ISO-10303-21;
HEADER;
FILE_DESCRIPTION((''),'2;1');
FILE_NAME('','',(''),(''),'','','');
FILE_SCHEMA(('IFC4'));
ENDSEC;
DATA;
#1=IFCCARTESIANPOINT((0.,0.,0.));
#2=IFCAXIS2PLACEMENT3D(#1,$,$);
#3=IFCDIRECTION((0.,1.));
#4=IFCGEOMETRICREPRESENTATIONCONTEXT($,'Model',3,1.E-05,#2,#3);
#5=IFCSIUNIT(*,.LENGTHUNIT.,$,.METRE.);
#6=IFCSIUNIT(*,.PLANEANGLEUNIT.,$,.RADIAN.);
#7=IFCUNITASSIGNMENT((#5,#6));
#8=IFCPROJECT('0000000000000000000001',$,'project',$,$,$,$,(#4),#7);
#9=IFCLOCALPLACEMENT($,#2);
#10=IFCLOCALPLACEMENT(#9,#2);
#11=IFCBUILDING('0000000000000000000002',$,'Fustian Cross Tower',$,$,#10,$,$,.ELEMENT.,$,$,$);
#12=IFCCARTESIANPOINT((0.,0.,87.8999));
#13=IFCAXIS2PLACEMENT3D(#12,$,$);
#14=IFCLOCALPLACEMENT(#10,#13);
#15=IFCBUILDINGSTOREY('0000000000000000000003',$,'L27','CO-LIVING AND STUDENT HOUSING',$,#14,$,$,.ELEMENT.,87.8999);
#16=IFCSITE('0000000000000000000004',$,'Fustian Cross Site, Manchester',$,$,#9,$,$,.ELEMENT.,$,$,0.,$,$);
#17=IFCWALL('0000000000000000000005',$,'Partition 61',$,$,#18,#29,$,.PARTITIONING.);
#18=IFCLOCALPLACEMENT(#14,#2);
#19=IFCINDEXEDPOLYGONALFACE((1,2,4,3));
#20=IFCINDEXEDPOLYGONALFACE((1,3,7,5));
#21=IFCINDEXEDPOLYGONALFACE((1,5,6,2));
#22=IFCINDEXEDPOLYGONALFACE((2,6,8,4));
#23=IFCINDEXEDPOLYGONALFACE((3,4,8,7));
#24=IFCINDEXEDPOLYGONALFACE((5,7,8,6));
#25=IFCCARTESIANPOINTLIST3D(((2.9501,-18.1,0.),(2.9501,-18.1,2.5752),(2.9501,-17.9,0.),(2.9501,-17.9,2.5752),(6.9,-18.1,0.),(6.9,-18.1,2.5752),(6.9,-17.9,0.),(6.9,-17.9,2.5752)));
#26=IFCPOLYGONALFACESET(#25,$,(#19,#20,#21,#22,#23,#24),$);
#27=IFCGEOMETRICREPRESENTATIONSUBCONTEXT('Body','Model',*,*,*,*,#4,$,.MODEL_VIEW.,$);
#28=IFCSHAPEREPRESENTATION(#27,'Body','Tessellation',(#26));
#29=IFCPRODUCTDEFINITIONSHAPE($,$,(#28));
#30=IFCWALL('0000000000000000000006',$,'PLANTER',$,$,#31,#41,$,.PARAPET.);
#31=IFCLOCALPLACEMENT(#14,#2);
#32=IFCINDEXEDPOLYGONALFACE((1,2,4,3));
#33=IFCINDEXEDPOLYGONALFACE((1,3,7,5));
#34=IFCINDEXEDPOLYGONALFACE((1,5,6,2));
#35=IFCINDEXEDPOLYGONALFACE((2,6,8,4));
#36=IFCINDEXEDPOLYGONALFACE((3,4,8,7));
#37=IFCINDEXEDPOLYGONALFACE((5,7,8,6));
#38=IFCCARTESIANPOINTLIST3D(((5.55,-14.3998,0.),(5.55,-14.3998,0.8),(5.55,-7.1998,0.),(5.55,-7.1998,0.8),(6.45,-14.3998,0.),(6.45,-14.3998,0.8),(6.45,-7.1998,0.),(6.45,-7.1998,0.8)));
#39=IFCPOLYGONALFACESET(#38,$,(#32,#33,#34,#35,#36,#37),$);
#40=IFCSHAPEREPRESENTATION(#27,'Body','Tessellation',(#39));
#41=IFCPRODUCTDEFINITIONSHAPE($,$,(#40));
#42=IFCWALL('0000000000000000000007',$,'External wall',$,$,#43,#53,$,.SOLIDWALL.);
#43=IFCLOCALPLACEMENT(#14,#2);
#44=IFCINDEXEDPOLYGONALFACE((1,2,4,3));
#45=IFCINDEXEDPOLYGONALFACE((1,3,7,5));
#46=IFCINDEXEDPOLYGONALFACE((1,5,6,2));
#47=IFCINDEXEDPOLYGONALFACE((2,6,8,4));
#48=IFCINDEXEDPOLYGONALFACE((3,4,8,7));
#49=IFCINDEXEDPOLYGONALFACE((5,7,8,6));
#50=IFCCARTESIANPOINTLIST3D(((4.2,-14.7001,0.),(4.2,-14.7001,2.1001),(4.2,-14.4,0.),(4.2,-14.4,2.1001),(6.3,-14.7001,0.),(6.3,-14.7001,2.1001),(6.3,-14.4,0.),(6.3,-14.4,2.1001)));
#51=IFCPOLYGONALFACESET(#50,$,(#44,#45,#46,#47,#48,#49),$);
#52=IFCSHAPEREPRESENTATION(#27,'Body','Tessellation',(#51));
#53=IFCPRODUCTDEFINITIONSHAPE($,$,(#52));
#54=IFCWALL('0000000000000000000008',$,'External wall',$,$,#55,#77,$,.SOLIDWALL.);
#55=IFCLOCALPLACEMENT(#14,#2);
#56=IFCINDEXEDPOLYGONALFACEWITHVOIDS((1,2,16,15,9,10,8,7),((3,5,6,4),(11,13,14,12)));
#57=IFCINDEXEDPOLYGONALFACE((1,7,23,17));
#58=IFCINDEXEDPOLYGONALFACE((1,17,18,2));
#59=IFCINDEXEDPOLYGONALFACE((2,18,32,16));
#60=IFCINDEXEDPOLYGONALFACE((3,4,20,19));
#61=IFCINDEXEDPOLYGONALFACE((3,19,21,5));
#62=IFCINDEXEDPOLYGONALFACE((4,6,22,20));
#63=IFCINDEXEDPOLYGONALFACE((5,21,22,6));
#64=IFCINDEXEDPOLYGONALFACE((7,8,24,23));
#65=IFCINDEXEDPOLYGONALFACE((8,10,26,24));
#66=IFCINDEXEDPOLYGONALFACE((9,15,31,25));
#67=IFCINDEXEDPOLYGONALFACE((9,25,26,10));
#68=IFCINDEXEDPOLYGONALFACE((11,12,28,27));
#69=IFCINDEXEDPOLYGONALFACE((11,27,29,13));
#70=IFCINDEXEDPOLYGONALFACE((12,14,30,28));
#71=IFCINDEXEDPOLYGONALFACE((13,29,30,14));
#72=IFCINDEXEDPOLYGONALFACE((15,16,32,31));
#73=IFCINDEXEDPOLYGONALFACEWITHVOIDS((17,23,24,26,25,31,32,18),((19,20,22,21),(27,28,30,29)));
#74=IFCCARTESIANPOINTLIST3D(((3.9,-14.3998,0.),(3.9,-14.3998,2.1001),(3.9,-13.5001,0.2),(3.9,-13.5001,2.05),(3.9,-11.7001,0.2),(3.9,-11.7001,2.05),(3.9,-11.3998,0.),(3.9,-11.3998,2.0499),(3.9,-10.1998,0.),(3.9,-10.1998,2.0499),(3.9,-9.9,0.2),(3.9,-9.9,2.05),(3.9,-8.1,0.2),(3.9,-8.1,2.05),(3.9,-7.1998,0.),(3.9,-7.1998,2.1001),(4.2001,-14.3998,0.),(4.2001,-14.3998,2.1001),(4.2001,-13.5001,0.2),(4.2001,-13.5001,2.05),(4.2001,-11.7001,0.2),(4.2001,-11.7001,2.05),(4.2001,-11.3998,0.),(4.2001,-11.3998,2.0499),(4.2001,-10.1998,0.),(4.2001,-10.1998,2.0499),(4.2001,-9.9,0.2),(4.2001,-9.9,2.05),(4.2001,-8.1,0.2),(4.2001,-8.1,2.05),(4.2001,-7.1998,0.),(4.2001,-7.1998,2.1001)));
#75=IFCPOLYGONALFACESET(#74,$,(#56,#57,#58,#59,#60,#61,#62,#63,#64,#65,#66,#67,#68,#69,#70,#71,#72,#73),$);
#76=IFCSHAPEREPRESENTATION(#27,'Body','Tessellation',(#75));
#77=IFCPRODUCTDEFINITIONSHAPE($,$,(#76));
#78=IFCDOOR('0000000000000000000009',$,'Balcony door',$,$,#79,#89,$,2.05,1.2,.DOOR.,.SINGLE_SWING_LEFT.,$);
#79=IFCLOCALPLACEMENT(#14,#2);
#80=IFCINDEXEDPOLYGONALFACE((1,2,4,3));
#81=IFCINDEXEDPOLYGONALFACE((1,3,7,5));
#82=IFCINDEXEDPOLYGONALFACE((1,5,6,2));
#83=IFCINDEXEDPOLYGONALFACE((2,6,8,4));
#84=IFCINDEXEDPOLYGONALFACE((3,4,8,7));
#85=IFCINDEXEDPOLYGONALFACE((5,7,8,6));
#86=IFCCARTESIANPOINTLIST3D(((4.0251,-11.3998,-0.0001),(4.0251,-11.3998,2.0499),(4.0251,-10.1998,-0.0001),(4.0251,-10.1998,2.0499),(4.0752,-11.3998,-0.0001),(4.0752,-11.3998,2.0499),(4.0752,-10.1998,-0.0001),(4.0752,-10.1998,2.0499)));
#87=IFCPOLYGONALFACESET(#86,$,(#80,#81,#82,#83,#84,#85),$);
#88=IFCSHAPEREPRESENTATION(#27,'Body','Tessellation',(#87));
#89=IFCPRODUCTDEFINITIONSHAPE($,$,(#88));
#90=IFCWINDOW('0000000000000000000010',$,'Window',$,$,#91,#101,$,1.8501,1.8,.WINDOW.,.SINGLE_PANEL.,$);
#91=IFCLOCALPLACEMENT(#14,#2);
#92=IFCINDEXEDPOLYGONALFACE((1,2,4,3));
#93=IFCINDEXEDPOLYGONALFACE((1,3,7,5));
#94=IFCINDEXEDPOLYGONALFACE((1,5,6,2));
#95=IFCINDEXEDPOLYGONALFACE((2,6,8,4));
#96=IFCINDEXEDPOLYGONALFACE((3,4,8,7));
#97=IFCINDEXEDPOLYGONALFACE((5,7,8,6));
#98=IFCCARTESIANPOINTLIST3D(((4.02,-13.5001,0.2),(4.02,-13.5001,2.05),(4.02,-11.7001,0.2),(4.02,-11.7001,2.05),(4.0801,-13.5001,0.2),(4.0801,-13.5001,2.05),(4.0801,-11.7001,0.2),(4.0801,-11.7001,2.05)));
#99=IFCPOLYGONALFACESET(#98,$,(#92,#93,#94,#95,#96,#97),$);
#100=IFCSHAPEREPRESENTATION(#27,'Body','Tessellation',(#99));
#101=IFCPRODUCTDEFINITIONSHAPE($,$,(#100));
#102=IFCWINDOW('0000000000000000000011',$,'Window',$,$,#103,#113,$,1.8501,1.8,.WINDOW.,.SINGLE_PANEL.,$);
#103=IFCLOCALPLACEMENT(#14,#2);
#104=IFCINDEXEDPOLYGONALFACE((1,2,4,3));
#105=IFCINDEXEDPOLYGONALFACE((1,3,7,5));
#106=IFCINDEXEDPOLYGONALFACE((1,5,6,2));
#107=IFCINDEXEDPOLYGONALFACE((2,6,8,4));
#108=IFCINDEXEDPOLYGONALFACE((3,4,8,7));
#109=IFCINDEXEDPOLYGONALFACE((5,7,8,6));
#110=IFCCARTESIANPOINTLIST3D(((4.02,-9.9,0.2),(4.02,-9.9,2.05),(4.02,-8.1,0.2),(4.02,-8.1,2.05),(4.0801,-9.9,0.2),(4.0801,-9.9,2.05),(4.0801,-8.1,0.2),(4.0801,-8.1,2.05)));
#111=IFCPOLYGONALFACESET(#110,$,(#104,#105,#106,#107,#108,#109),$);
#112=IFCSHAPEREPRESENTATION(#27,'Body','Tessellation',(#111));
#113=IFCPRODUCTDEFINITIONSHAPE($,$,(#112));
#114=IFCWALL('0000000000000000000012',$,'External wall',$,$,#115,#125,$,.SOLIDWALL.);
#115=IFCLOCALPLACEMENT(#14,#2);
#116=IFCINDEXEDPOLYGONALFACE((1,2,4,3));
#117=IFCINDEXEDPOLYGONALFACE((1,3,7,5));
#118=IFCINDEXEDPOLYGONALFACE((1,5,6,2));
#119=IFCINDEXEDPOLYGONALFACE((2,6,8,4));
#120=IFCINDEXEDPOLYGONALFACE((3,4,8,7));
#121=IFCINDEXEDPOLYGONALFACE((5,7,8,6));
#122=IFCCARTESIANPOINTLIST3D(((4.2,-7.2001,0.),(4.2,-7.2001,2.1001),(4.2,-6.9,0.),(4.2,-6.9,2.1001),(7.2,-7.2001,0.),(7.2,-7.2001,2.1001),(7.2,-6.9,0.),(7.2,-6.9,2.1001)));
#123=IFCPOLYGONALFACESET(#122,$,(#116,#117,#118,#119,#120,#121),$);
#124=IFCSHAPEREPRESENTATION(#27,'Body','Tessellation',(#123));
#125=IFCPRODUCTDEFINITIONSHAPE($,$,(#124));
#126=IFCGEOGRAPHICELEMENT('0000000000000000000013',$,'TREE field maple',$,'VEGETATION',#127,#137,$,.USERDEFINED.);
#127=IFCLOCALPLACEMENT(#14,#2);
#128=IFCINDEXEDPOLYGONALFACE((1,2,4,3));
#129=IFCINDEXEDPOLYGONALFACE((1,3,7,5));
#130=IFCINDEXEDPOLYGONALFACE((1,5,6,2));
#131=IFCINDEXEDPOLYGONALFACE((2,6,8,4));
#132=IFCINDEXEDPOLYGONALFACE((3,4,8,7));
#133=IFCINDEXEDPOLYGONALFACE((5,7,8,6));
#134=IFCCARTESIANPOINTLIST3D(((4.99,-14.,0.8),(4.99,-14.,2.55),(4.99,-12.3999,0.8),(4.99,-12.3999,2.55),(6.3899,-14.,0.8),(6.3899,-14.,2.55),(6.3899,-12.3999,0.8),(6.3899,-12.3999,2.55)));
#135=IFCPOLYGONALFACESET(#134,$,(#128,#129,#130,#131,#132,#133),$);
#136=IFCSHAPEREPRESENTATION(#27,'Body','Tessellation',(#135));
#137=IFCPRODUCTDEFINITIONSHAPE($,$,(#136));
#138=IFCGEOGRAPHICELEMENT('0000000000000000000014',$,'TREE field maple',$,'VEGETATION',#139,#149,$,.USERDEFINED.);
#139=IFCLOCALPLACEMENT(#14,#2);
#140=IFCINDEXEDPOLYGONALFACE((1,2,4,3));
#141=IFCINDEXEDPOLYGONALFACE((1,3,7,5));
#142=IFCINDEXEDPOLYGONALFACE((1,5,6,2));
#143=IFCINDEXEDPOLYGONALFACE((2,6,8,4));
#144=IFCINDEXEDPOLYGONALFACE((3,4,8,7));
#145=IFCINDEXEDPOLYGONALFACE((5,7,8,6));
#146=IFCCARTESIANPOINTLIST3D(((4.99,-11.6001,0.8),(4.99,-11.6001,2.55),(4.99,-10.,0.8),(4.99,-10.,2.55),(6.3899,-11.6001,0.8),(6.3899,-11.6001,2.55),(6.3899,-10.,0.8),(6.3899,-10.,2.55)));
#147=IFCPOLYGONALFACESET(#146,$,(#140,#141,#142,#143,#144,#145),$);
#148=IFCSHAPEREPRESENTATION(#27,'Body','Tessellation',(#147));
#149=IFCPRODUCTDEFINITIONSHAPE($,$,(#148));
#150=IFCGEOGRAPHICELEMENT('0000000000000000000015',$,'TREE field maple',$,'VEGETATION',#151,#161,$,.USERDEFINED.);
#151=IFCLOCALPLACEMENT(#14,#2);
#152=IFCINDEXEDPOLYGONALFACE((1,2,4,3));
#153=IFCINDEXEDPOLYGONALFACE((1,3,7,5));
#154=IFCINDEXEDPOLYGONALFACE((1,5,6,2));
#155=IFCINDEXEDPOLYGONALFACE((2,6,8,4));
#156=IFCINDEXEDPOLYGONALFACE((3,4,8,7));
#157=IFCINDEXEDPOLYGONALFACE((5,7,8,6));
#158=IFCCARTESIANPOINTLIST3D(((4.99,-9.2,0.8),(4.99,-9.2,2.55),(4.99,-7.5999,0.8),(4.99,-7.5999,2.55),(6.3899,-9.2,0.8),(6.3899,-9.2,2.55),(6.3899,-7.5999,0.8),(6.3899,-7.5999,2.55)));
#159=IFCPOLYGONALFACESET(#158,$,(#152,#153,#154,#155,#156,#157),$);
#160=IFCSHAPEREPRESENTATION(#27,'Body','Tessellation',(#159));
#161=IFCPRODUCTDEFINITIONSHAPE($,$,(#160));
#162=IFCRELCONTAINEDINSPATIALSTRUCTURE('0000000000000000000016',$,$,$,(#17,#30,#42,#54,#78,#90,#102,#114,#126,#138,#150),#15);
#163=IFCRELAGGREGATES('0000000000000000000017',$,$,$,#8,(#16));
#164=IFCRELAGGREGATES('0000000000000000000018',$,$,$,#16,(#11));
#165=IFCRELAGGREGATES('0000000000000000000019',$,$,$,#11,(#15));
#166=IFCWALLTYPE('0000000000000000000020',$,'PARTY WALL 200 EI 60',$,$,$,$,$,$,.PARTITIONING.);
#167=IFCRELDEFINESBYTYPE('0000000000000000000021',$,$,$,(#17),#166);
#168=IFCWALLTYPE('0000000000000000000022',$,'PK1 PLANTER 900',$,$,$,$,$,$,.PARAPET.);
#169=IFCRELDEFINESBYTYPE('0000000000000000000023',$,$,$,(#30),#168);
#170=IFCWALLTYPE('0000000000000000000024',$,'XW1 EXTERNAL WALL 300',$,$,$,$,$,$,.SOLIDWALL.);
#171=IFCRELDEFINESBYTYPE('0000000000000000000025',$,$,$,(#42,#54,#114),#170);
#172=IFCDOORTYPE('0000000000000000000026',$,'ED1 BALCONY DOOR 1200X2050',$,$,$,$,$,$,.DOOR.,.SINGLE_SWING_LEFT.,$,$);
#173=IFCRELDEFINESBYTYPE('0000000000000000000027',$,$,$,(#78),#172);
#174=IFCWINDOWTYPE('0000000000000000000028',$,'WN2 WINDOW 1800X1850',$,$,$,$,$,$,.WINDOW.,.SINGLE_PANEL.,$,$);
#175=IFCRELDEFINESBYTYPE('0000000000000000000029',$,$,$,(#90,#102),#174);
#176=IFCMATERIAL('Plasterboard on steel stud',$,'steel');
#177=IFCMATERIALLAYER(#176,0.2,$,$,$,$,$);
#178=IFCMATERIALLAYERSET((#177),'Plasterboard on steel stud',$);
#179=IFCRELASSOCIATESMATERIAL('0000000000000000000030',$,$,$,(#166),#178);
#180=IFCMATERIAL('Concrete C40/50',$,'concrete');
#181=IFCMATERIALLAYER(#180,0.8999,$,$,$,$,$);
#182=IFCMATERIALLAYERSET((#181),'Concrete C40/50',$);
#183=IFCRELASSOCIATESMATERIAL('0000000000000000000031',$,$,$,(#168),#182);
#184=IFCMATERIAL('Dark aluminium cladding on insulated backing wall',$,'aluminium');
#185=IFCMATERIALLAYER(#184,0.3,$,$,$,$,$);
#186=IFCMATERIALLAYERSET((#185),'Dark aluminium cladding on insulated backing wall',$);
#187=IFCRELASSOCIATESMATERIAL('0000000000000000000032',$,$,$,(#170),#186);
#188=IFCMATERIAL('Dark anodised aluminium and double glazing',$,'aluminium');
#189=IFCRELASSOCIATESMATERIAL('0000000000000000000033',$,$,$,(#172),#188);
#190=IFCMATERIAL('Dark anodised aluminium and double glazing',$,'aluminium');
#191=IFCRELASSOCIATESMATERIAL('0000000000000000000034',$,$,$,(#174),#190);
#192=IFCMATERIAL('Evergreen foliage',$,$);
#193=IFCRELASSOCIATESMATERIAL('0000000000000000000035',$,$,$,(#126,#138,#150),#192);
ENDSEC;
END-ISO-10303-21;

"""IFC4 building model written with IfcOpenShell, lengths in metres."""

from ifc_helpers import new_model, si_unit, direction, frame, frame_2d, origin, origin_2d, place, context, subcontext, project, spatial, rectangle, extrude, material, layer, layer_set, type_object, element, fill, save


model = new_model("IFC4")

# Units and contexts
model_context = context("Model", 3, precision=1e-05, world=origin(), true_north=direction((0.0, 1.0)))
body_context = subcontext(model_context, "Body", "Model", "MODEL_VIEW")
ifc_project = project(units=[si_unit("LENGTHUNIT", "METRE"), si_unit("PLANEANGLEUNIT", "RADIAN")], contexts=[model_context])

# Site, building, storey
site_placement = place(None, origin())
site = spatial("IfcSite", under=ifc_project, at=site_placement, Name="Fustian Cross Site, Manchester", CompositionType="ELEMENT", RefElevation=0.0)
building_placement = place(site_placement, origin())
building = spatial("IfcBuilding", under=site, at=building_placement, Name="Fustian Cross Tower", CompositionType="ELEMENT")
storey_placement = place(building_placement, frame((0.0, 0.0, 87.8999)))
storey = spatial("IfcBuildingStorey", under=building, at=storey_placement, Name="L27", Description="CO-LIVING AND STUDENT HOUSING", CompositionType="ELEMENT", Elevation=87.8999)

# Walls
ifc_material_1 = material(Name="Plasterboard on steel stud", Category="steel")
ifc_layer_1 = layer(ifc_material_1, 0.2)
ifc_layer_set_1 = layer_set([ifc_layer_1], Name="Plasterboard on steel stud")
wall_type_1 = type_object("IfcWallType", Name="PARTY WALL 200 EI 60", PredefinedType="PARTITIONING", material=ifc_layer_set_1)
wall_1_placement = place(storey_placement, frame((2.95, -18.0, 0.0), z_axis=(0.0, 0.0, 1.0), x_axis=(1.0, 0.0, 0.0)))
element("IfcWall", 1, at=wall_1_placement, inside=storey, type_object=wall_type_1, Name="Partition 61", PredefinedType="PARTITIONING", context=body_context, shape_type="SweptSolid", body=[
    extrude(rectangle(XDim=3.95, YDim=0.2, at=frame_2d((1.9751, 0.0))), origin(), (0.0, 0.0, 1.0), 2.5752),
])
ifc_material_2 = material(Name="Concrete C40/50", Category="concrete")
ifc_layer_2 = layer(ifc_material_2, 0.8999)
ifc_layer_set_2 = layer_set([ifc_layer_2], Name="Concrete C40/50")
wall_type_2 = type_object("IfcWallType", Name="PK1 PLANTER 900", PredefinedType="PARAPET", material=ifc_layer_set_2)
wall_2_placement = place(storey_placement, frame((6.0, -14.3999, 0.0), z_axis=(0.0, 0.0, 1.0), x_axis=(0.0, 1.0, 0.0)))
element("IfcWall", 2, at=wall_2_placement, inside=storey, type_object=wall_type_2, Name="PLANTER", PredefinedType="PARAPET", context=body_context, shape_type="SweptSolid", body=[
    extrude(rectangle(XDim=7.2, YDim=0.8999, at=frame_2d((3.6001, 0.0))), origin(), (0.0, 0.0, 1.0), 0.8),
])
ifc_material_3 = material(Name="Dark aluminium cladding on insulated backing wall", Category="aluminium")
ifc_layer_3 = layer(ifc_material_3, 0.3)
ifc_layer_set_3 = layer_set([ifc_layer_3], Name="Dark aluminium cladding on insulated backing wall")
wall_type_3 = type_object("IfcWallType", Name="XW1 EXTERNAL WALL 300", PredefinedType="SOLIDWALL", material=ifc_layer_set_3)
wall_3_placement = place(storey_placement, frame((6.3, -14.55, 0.0), z_axis=(0.0, 0.0, 1.0), x_axis=(-1.0, 0.0, 0.0)))
element("IfcWall", 3, at=wall_3_placement, inside=storey, type_object=wall_type_3, Name="External wall", PredefinedType="SOLIDWALL", context=body_context, shape_type="SweptSolid", body=[
    extrude(rectangle(XDim=2.1001, YDim=0.3, at=frame_2d((1.05, 0.0))), origin(), (0.0, 0.0, 1.0), 2.1001),
])

# Wall, openings, door, windows
wall_4_placement = place(storey_placement, frame((4.05, -14.3999, 0.0), z_axis=(0.0, 0.0, 1.0), x_axis=(0.0, 1.0, 0.0)))
wall_4 = element("IfcWall", 4, at=wall_4_placement, inside=storey, type_object=wall_type_3, Name="External wall", PredefinedType="SOLIDWALL", context=body_context, shape_type="SweptSolid", body=[
    extrude(rectangle(XDim=7.2, YDim=0.3, at=frame_2d((3.6001, 0.0))), origin(), (0.0, 0.0, 1.0), 2.1001),
])
opening_1_placement = place(wall_4_placement, frame((3.0, 0.0, 0.0)))
opening_1 = element("IfcOpeningElement", 5, at=opening_1_placement, cuts=wall_4, PredefinedType="OPENING", context=body_context, shape_type="SweptSolid", body=[
    extrude(rectangle(XDim=1.2, YDim=2.05, at=frame_2d((0.6001, 1.0249))), frame((0.0, 0.1599, 0.0), z_axis=(0.0, -1.0, 0.0), x_axis=(1.0, 0.0, 0.0)), (0.0, 0.0, 1.0), 0.3201),
])
opening_2_placement = place(wall_4_placement, frame((0.8999, 0.0, 0.2)))
opening_2 = element("IfcOpeningElement", 6, at=opening_2_placement, cuts=wall_4, PredefinedType="OPENING", context=body_context, shape_type="SweptSolid", body=[
    extrude(rectangle(XDim=1.8, YDim=1.8501, at=frame_2d((0.8999, 0.925))), frame((0.0, 0.1599, 0.0), z_axis=(0.0, -1.0, 0.0), x_axis=(1.0, 0.0, 0.0)), (0.0, 0.0, 1.0), 0.3201),
])
opening_3_placement = place(wall_4_placement, frame((4.5, 0.0, 0.2)))
opening_3 = element("IfcOpeningElement", 7, at=opening_3_placement, cuts=wall_4, PredefinedType="OPENING", context=body_context, shape_type="SweptSolid", body=[
    extrude(rectangle(XDim=1.8, YDim=1.8501, at=frame_2d((0.8999, 0.925))), frame((0.0, 0.1599, 0.0), z_axis=(0.0, -1.0, 0.0), x_axis=(1.0, 0.0, 0.0)), (0.0, 0.0, 1.0), 0.3201),
])
ifc_material_4 = material(Name="Dark anodised aluminium and double glazing", Category="aluminium")
door_type_1 = type_object("IfcDoorType", Name="ED1 BALCONY DOOR 1200X2050", OperationType="SINGLE_SWING_LEFT", PredefinedType="DOOR", material=ifc_material_4)
door_1_placement = place(opening_1_placement, origin())
door_1 = element("IfcDoor", 8, at=door_1_placement, inside=storey, type_object=door_type_1, Name="Balcony door", OperationType="SINGLE_SWING_LEFT", OverallHeight=2.05, OverallWidth=1.2, PredefinedType="DOOR", context=body_context, shape_type="SweptSolid", body=[
    extrude(rectangle(XDim=1.2, YDim=2.05, at=frame_2d((0.6001, 1.0249))), frame((0.0, 0.0249, 0.0), z_axis=(0.0, -1.0, 0.0), x_axis=(1.0, 0.0, 0.0)), (0.0, 0.0, 1.0), 0.05),
])
fill(opening_1, door_1)
ifc_material_5 = material(Name="Dark anodised aluminium and double glazing", Category="aluminium")
window_type = type_object("IfcWindowType", Name="WN2 WINDOW 1800X1850", PartitioningType="SINGLE_PANEL", PredefinedType="WINDOW", material=ifc_material_5)
window_1_placement = place(opening_2_placement, origin())
window_1 = element("IfcWindow", 9, at=window_1_placement, inside=storey, type_object=window_type, Name="Window", OverallHeight=1.8501, OverallWidth=1.8, PartitioningType="SINGLE_PANEL", PredefinedType="WINDOW", context=body_context, shape_type="SweptSolid", body=[
    extrude(rectangle(XDim=1.8, YDim=1.8501, at=frame_2d((0.8999, 0.925))), frame((0.0, 0.03, 0.0), z_axis=(0.0, -1.0, 0.0), x_axis=(1.0, 0.0, 0.0)), (0.0, 0.0, 1.0), 0.0601),
])
fill(opening_2, window_1)
window_2_placement = place(opening_3_placement, origin())
window_2 = element("IfcWindow", 10, at=window_2_placement, inside=storey, type_object=window_type, Name="Window", OverallHeight=1.8501, OverallWidth=1.8, PartitioningType="SINGLE_PANEL", PredefinedType="WINDOW", context=body_context, shape_type="SweptSolid", body=[
    extrude(rectangle(XDim=1.8, YDim=1.8501, at=frame_2d((0.8999, 0.925))), frame((0.0, 0.03, 0.0), z_axis=(0.0, -1.0, 0.0), x_axis=(1.0, 0.0, 0.0)), (0.0, 0.0, 1.0), 0.0601),
])
fill(opening_3, window_2)

# Wall
wall_5_placement = place(storey_placement, frame((4.2, -7.05, 0.0), z_axis=(0.0, 0.0, 1.0), x_axis=(1.0, 0.0, 0.0)))
element("IfcWall", 11, at=wall_5_placement, inside=storey, type_object=wall_type_3, Name="External wall", PredefinedType="SOLIDWALL", context=body_context, shape_type="SweptSolid", body=[
    extrude(rectangle(XDim=3.0, YDim=0.3, at=frame_2d((1.5, 0.0))), origin(), (0.0, 0.0, 1.0), 2.1001),
])

# Geographic elements
ifc_material_6 = material(Name="Evergreen foliage")
for number, where, z_axis, x_axis, name in (
    (12, (5.6899, -13.2, 0.8), (0.0, 0.0, 1.0), (1.0, 0.0, 0.0), "TREE field maple"),
    (13, (5.6899, -10.8, 0.8), (0.0, 0.0, 1.0), (1.0, 0.0, 0.0), "TREE field maple"),
    (14, (5.6899, -8.3999, 0.8), (0.0, 0.0, 1.0), (1.0, 0.0, 0.0), "TREE field maple"),
):
    element("IfcGeographicElement", number, at=place(storey_placement, frame(where, z_axis=z_axis, x_axis=x_axis)), inside=storey, material=ifc_material_6, Name=name, ObjectType="VEGETATION", PredefinedType="USERDEFINED", context=body_context, shape_type="SweptSolid", body=[
        extrude(rectangle(XDim=1.3999, YDim=1.6001, at=origin_2d()), origin(), (0.0, 0.0, 1.0), 1.75),
    ])

save(model, "model.ifc")
